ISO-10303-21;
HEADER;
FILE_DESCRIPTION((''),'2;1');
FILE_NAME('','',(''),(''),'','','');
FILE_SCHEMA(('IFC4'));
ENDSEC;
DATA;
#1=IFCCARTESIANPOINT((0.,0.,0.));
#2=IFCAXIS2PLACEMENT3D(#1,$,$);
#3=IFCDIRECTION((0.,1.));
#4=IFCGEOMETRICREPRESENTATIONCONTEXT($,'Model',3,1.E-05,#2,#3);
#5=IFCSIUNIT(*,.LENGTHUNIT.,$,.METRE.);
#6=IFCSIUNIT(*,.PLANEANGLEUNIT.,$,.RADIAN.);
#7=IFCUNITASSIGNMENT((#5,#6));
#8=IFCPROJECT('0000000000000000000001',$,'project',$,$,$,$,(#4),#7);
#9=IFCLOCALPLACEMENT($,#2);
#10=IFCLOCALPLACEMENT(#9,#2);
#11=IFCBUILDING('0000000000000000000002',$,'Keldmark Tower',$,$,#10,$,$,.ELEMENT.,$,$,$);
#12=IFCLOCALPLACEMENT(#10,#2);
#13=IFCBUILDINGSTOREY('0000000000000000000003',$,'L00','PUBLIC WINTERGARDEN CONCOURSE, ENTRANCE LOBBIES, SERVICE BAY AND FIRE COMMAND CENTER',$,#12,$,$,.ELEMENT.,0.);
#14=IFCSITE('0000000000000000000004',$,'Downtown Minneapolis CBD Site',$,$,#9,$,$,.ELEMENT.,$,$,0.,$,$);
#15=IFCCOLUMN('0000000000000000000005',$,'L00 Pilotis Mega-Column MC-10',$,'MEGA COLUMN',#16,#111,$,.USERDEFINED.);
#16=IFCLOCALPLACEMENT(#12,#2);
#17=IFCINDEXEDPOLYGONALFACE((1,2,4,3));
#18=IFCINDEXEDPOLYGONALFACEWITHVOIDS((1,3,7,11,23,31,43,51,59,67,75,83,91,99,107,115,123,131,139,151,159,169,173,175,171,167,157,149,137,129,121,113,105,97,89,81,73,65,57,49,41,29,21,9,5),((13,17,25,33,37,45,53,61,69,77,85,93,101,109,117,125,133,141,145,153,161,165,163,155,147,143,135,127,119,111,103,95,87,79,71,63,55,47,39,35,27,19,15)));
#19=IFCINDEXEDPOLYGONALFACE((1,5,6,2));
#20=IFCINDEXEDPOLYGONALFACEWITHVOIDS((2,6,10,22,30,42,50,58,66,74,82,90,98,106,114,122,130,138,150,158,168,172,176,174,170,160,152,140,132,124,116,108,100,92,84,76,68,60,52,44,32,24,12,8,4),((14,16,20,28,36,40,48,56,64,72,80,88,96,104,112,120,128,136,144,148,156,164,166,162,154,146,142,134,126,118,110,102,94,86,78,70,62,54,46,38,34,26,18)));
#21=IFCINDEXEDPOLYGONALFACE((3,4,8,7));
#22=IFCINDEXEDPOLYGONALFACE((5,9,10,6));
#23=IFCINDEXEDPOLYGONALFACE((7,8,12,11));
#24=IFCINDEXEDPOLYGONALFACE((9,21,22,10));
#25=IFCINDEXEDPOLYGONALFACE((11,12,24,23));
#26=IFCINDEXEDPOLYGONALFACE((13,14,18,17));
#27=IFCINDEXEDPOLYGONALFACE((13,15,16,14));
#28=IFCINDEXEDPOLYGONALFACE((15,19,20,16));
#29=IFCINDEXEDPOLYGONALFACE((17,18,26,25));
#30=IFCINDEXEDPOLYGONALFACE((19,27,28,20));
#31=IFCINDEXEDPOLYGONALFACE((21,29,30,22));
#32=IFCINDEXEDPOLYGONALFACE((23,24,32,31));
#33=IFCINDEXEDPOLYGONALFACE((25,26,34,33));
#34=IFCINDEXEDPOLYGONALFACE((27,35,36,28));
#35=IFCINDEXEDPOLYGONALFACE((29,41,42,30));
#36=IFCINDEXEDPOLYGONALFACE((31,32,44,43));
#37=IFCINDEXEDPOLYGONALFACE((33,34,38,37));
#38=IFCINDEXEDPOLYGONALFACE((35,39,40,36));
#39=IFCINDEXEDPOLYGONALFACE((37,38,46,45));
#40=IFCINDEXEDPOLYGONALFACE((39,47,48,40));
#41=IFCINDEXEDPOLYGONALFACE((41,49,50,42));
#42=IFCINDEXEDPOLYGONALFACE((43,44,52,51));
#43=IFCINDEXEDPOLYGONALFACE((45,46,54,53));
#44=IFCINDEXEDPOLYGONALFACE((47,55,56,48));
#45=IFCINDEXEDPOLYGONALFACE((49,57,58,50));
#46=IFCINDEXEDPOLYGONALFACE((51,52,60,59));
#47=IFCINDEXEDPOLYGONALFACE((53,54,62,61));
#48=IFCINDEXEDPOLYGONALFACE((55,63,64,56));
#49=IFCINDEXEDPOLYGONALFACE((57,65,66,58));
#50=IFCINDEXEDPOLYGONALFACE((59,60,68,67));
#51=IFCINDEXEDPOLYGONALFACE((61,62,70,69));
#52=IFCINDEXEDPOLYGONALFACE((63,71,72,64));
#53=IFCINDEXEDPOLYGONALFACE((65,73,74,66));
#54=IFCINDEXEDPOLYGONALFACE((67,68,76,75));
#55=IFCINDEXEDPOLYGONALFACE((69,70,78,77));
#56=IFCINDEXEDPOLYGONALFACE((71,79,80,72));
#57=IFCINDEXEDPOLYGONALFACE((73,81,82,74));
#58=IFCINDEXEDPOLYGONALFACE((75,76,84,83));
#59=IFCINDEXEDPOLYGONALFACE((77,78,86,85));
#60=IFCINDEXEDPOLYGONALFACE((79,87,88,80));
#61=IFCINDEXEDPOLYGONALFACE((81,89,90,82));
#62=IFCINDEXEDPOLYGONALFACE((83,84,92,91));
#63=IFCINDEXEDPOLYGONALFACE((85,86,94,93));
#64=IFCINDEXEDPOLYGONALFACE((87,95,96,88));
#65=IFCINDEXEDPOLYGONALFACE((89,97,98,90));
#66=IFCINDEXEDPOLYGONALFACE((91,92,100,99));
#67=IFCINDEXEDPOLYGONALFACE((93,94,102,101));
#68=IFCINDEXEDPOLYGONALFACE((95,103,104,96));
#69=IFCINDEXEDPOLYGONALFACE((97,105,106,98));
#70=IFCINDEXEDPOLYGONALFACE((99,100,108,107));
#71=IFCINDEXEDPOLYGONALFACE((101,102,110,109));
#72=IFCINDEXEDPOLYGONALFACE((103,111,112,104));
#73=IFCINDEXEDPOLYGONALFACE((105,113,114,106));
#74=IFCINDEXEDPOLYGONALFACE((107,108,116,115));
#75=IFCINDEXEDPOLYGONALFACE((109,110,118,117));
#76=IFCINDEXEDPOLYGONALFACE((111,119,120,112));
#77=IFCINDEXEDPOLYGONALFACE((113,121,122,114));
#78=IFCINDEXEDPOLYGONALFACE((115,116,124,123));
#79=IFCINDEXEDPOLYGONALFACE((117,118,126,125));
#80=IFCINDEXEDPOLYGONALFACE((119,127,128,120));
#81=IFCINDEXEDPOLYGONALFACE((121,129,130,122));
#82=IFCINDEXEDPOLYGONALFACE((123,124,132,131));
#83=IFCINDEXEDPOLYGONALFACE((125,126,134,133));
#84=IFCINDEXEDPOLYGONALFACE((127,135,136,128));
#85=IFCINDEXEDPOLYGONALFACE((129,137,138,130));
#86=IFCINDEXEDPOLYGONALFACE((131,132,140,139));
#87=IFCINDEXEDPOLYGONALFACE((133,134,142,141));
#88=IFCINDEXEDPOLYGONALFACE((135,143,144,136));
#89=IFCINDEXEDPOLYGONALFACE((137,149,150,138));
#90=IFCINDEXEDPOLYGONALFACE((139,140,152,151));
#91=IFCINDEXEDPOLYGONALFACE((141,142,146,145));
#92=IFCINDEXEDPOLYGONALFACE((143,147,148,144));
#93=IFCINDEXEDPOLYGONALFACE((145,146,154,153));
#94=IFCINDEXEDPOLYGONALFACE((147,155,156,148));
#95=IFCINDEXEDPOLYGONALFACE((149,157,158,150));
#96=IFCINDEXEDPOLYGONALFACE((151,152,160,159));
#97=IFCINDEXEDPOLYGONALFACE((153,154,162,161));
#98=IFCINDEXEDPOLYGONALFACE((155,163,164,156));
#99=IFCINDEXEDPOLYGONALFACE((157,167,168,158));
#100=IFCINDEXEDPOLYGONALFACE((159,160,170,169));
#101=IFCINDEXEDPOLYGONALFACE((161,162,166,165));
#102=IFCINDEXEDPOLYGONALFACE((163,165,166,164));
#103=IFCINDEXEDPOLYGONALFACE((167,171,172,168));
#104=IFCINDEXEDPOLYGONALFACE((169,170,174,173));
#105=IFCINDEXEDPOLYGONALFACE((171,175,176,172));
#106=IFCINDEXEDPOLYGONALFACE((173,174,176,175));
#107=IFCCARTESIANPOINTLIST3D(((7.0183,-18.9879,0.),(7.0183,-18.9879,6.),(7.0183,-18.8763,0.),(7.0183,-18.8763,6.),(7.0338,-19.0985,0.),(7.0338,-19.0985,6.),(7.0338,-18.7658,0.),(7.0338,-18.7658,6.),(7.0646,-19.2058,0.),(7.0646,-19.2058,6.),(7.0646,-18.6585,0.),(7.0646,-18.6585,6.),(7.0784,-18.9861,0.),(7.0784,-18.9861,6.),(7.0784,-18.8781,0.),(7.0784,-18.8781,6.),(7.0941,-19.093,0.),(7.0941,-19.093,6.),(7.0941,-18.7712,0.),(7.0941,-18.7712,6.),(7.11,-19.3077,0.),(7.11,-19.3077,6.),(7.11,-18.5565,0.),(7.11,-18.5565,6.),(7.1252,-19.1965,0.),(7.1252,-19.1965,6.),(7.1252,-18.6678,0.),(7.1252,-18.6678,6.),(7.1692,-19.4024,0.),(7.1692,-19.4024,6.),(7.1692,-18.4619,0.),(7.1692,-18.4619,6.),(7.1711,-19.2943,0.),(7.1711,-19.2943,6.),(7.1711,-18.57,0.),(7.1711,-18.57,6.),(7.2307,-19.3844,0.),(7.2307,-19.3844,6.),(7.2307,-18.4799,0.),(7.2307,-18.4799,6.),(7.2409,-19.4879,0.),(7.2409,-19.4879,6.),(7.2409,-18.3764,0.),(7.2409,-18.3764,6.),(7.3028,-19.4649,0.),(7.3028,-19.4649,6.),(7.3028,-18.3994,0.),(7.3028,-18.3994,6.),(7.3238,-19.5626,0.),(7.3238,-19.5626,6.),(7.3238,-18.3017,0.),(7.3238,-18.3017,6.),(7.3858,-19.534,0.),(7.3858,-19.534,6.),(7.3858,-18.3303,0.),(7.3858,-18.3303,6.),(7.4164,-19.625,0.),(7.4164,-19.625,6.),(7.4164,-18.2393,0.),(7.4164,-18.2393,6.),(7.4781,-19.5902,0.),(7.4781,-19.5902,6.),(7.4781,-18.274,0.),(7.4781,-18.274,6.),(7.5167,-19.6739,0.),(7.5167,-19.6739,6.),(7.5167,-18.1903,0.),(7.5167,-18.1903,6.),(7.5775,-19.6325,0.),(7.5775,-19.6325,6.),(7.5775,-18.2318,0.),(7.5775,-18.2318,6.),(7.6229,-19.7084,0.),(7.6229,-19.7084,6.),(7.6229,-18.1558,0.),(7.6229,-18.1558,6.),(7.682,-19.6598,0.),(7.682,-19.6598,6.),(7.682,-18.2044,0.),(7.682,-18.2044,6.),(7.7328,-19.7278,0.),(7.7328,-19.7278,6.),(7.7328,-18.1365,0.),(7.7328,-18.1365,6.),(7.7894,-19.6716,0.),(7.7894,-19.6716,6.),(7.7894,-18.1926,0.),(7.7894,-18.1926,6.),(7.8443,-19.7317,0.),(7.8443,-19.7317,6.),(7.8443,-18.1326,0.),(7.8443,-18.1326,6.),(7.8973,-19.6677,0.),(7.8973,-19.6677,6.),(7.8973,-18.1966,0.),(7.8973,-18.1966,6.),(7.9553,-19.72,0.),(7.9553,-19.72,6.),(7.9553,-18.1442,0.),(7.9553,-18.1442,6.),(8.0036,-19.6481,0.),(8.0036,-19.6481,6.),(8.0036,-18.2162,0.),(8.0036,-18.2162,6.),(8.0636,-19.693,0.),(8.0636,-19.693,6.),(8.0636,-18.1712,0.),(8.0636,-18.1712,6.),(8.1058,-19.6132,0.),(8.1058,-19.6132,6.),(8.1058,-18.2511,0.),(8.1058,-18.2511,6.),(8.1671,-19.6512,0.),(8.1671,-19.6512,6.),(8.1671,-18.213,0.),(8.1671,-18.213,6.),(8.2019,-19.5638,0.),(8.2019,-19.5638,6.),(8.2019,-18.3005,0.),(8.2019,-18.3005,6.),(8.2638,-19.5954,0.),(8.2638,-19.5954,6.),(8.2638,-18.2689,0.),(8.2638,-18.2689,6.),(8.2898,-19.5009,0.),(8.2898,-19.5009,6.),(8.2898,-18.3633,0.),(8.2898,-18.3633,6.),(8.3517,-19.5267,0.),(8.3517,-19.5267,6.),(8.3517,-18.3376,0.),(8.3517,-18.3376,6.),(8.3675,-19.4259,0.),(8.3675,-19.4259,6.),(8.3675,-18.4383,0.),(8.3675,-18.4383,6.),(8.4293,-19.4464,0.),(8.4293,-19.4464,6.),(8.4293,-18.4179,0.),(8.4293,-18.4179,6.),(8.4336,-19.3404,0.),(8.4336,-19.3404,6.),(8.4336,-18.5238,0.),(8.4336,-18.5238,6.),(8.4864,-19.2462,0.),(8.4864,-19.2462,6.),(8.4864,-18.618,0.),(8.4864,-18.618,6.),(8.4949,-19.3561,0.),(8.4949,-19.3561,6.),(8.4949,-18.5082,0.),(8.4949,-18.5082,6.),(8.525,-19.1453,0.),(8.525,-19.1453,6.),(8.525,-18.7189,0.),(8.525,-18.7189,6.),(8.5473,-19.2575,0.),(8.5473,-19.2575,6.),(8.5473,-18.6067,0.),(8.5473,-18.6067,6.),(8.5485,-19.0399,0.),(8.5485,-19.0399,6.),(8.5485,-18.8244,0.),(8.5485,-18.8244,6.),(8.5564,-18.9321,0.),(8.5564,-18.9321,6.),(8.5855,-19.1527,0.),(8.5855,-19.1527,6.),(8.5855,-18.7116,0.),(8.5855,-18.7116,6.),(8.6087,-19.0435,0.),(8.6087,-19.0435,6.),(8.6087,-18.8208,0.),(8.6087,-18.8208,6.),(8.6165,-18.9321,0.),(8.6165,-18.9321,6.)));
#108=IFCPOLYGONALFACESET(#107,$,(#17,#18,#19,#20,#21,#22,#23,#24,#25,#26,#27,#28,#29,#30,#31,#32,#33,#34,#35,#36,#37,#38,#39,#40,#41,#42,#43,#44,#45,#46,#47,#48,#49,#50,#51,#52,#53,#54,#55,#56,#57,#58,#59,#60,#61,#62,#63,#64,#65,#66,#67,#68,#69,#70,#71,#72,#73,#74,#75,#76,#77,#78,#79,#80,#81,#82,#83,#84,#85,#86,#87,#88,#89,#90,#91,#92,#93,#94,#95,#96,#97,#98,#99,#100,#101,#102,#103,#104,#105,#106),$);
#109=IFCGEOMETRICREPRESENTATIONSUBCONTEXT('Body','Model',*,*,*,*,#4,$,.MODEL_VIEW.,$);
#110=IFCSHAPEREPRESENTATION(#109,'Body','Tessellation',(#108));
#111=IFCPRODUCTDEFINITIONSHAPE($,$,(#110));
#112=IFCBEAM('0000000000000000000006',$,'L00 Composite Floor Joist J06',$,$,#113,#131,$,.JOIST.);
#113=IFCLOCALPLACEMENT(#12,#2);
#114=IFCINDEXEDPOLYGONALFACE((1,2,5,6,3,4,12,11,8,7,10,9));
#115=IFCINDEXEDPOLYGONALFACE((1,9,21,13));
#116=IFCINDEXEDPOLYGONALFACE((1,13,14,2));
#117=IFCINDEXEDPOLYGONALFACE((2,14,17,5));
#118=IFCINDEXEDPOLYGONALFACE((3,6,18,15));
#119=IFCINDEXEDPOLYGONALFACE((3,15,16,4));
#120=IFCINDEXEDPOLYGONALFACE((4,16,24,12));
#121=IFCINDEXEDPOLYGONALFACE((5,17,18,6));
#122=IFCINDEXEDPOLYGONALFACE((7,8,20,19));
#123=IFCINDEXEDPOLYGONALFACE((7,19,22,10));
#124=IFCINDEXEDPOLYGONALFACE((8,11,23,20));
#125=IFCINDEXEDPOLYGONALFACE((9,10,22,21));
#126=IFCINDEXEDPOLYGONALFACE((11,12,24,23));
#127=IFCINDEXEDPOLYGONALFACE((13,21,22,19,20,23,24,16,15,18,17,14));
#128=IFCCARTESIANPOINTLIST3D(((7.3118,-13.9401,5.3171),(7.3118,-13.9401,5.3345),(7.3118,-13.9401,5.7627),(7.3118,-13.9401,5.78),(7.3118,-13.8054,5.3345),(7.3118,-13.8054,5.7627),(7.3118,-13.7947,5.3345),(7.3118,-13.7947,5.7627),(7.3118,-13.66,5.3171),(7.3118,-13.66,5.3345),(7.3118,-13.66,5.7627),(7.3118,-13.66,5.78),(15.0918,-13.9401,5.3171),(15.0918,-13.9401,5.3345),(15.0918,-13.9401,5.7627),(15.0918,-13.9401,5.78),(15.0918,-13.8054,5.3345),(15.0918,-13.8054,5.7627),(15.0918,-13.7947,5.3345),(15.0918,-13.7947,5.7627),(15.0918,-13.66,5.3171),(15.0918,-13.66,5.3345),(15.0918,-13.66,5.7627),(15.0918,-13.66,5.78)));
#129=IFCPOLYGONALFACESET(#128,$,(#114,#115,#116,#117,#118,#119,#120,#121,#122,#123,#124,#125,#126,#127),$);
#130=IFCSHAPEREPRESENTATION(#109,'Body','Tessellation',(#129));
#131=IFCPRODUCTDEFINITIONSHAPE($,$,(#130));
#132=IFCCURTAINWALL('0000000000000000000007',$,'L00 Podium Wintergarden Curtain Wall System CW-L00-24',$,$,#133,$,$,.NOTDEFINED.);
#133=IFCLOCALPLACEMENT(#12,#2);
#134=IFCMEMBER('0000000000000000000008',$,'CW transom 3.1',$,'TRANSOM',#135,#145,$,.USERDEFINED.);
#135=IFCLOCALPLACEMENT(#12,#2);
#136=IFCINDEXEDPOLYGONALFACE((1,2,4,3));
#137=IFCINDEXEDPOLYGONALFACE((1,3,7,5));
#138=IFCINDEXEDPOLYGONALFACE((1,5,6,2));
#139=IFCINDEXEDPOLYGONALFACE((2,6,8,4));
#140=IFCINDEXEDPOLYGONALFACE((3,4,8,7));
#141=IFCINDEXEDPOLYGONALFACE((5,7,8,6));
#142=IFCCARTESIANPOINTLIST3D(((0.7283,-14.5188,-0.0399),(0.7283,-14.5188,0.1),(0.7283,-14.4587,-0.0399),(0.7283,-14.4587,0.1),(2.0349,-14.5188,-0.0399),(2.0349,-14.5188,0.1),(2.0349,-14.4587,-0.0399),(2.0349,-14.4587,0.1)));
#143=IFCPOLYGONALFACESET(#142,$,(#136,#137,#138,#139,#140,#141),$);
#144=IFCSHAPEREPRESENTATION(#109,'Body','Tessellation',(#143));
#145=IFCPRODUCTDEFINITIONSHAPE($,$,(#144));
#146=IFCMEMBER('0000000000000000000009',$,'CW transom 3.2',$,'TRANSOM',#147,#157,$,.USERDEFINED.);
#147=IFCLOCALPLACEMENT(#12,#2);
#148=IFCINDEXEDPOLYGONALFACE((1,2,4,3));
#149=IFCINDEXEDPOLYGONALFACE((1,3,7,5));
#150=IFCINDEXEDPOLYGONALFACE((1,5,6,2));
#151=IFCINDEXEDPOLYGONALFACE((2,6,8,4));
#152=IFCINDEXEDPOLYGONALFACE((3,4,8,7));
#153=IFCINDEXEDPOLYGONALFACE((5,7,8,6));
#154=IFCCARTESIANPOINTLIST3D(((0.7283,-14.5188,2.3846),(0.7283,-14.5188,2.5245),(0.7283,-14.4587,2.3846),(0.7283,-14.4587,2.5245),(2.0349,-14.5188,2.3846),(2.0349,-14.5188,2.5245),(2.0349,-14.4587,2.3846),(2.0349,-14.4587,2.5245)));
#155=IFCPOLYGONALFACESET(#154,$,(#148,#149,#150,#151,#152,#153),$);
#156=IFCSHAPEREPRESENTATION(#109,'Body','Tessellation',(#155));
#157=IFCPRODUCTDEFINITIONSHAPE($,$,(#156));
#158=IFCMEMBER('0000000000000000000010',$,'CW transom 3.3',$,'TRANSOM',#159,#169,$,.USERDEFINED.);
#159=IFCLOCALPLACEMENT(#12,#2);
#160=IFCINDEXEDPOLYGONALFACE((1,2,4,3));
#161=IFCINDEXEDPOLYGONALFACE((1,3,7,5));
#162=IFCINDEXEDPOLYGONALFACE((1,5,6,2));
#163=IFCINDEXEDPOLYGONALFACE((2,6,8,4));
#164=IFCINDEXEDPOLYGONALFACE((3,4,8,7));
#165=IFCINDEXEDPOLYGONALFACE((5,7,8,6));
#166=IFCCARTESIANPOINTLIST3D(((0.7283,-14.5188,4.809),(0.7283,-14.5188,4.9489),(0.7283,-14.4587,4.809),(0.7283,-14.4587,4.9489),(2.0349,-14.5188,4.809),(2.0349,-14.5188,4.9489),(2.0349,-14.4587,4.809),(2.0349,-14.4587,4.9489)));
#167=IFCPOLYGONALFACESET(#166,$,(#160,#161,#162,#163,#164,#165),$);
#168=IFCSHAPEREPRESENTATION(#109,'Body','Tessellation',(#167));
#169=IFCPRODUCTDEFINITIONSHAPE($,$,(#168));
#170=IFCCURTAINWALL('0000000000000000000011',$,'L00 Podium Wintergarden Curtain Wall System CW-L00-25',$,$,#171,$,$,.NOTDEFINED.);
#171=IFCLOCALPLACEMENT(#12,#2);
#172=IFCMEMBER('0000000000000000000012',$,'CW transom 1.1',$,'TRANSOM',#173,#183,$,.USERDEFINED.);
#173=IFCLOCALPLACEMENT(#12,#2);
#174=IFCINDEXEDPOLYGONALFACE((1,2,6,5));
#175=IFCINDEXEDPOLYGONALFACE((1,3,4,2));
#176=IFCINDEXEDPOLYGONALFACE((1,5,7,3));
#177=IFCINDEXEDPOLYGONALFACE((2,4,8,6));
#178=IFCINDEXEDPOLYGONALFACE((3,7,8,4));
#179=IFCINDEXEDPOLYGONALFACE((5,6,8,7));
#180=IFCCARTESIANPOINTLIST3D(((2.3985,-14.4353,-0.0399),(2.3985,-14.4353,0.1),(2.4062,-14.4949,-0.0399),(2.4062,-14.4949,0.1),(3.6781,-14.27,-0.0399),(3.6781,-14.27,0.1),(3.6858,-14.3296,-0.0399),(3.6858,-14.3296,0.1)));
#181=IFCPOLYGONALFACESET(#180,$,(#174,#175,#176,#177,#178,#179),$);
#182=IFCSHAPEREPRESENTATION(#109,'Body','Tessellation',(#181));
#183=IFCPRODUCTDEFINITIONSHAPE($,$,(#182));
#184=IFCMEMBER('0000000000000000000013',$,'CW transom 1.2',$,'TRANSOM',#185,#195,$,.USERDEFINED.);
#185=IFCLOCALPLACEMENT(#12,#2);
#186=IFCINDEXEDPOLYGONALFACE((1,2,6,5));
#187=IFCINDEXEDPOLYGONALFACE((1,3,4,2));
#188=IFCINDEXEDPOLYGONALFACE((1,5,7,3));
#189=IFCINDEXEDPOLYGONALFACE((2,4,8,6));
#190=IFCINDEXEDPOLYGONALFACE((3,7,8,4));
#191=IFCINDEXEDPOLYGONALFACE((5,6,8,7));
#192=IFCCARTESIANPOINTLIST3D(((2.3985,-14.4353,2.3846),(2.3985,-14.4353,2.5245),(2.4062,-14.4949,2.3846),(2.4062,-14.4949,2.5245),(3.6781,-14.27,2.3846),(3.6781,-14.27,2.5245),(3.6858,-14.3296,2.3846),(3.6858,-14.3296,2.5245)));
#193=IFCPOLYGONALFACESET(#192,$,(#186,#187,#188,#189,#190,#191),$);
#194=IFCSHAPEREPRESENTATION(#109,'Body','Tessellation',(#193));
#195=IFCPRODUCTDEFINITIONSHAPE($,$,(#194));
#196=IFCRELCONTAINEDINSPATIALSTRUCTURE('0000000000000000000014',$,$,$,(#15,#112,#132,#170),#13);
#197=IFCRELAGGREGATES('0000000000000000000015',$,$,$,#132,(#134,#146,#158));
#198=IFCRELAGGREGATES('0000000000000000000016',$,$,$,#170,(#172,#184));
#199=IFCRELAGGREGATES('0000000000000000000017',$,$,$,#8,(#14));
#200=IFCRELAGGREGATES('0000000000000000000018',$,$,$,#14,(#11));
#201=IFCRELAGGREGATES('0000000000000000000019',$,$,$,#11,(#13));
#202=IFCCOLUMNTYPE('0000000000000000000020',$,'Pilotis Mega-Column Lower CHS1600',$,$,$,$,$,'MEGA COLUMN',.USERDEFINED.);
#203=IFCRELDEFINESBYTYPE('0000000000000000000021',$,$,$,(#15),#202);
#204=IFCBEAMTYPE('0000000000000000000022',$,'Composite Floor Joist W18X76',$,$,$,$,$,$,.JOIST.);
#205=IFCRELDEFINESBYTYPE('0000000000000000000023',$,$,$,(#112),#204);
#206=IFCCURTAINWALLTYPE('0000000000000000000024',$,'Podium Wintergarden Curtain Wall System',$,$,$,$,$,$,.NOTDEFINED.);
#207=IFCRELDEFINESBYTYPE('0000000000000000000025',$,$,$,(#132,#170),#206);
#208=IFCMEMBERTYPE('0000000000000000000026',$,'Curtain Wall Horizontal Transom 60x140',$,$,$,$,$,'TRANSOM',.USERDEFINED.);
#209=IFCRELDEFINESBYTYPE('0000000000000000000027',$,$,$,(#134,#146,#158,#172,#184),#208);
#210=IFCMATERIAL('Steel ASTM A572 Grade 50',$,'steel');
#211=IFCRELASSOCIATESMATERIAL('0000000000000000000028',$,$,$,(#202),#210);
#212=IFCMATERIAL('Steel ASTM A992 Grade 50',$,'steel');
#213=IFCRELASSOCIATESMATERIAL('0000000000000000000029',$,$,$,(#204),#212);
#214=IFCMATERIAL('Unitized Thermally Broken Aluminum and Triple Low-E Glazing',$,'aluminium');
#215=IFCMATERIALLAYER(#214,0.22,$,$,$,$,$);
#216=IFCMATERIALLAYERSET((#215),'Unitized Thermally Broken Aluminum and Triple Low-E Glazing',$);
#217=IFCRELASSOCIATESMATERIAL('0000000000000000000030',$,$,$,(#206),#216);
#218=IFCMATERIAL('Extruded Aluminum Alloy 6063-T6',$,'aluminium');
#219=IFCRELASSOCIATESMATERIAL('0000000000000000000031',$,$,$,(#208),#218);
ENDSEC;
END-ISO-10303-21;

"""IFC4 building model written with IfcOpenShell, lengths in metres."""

from ifc_helpers import new_model, si_unit, direction, frame, origin, origin_2d, place, context, subcontext, project, spatial, rectangle, hollow_circle, i_section, extrude, material, layer, layer_set, material_profile, profile_set, type_object, element, aggregate, save


model = new_model("IFC4")

# Units and contexts
model_context = context("Model", 3, precision=1e-05, world=origin(), true_north=direction((0.0, 1.0)))
body_context = subcontext(model_context, "Body", "Model", "MODEL_VIEW")
ifc_project = project(units=[si_unit("LENGTHUNIT", "METRE"), si_unit("PLANEANGLEUNIT", "RADIAN")], contexts=[model_context])

# Site, building, storey
site_placement = place(None, origin())
site = spatial("IfcSite", under=ifc_project, at=site_placement, Name="Downtown Minneapolis CBD Site", CompositionType="ELEMENT", RefElevation=0.0)
building_placement = place(site_placement, origin())
building = spatial("IfcBuilding", under=site, at=building_placement, Name="Keldmark Tower", CompositionType="ELEMENT")
storey_placement = place(building_placement, origin())
storey = spatial("IfcBuildingStorey", under=building, at=storey_placement, Name="L00", Description="PUBLIC WINTERGARDEN CONCOURSE, ENTRANCE LOBBIES, SERVICE BAY AND FIRE COMMAND CENTER", CompositionType="ELEMENT", Elevation=0.0)

# Column
ifc_material_1 = material(Name="Steel ASTM A572 Grade 50", Category="steel")
ifc_material_profile_1 = material_profile(ifc_material_1, hollow_circle(Radius=0.8, WallThickness=0.0601, at=origin_2d()), Name="CHS1600X60")
ifc_profile_set_1 = profile_set([ifc_material_profile_1], Name="Steel ASTM A572 Grade 50")
column_type = type_object("IfcColumnType", Name="Pilotis Mega-Column Lower CHS1600", ElementType="MEGA COLUMN", PredefinedType="USERDEFINED", material=ifc_profile_set_1)
column_placement = place(storey_placement, frame((7.8164, -18.9321, 0.0), z_axis=(0.0, 0.0, 1.0), x_axis=(1.0, 0.0, 0.0)))
element("IfcColumn", 1, at=column_placement, inside=storey, type_object=column_type, Name="L00 Pilotis Mega-Column MC-10", ObjectType="MEGA COLUMN", PredefinedType="USERDEFINED", context=body_context, shape_type="SweptSolid", body=[
    extrude(hollow_circle(Radius=0.8, WallThickness=0.0601, at=origin_2d()), origin(), (0.0, 0.0, 1.0), 6.0),
])

# Beam
ifc_material_2 = material(Name="Steel ASTM A992 Grade 50", Category="steel")
ifc_material_profile_2 = material_profile(ifc_material_2, i_section(OverallWidth=0.28, OverallDepth=0.4629, WebThickness=0.0107, FlangeThickness=0.0173, at=origin_2d()), Name="W18X76")
ifc_profile_set_2 = profile_set([ifc_material_profile_2], Name="Steel ASTM A992 Grade 50")
beam_type_1 = type_object("IfcBeamType", Name="Composite Floor Joist W18X76", PredefinedType="JOIST", material=ifc_profile_set_2)
beam_1_placement = place(storey_placement, frame((7.3118, -13.8, 5.5486), z_axis=(1.0, 0.0, 0.0), x_axis=(0.0, 1.0, 0.0)))
element("IfcBeam", 2, at=beam_1_placement, inside=storey, type_object=beam_type_1, Name="L00 Composite Floor Joist J06", PredefinedType="JOIST", context=body_context, shape_type="SweptSolid", body=[
    extrude(i_section(OverallWidth=0.28, OverallDepth=0.4629, WebThickness=0.0107, FlangeThickness=0.0173, at=origin_2d()), origin(), (0.0, 0.0, 1.0), 7.78),
])

# Curtain walls, members
ifc_material_3 = material(Name="Unitized Thermally Broken Aluminum and Triple Low-E Glazing", Category="aluminium")
ifc_layer_1 = layer(ifc_material_3, 0.22)
ifc_layer_set_1 = layer_set([ifc_layer_1], Name="Unitized Thermally Broken Aluminum and Triple Low-E Glazing")
curtain_wall_type = type_object("IfcCurtainWallType", Name="Podium Wintergarden Curtain Wall System", PredefinedType="NOTDEFINED", material=ifc_layer_set_1)
curtain_wall_1_placement = place(storey_placement, origin())
curtain_wall_1 = element("IfcCurtainWall", 3, at=curtain_wall_1_placement, inside=storey, type_object=curtain_wall_type, Name="L00 Podium Wintergarden Curtain Wall System CW-L00-24", PredefinedType="NOTDEFINED")
ifc_material_4 = material(Name="Extruded Aluminum Alloy 6063-T6", Category="aluminium")
ifc_material_profile_3 = material_profile(ifc_material_4, rectangle(XDim=0.0601, YDim=0.1399, at=origin_2d()), Name="CWT60X140")
ifc_profile_set_3 = profile_set([ifc_material_profile_3], Name="Extruded Aluminum Alloy 6063-T6")
member_type_1 = type_object("IfcMemberType", Name="Curtain Wall Horizontal Transom 60x140", ElementType="TRANSOM", PredefinedType="USERDEFINED", material=ifc_profile_set_3)
member_1_placement = place(storey_placement, frame((0.7283, -14.4888, 0.03), z_axis=(1.0, 0.0, 0.0), x_axis=(0.0, 1.0, 0.0)))
member_1 = element("IfcMember", 4, at=member_1_placement, type_object=member_type_1, Name="CW transom 3.1", ObjectType="TRANSOM", PredefinedType="USERDEFINED", context=body_context, shape_type="SweptSolid", body=[
    extrude(rectangle(XDim=0.0601, YDim=0.1399, at=origin_2d()), origin(), (0.0, 0.0, 1.0), 1.3066),
])
member_2_placement = place(storey_placement, frame((0.7283, -14.4888, 2.4546), z_axis=(1.0, 0.0, 0.0), x_axis=(0.0, 1.0, 0.0)))
member_2 = element("IfcMember", 5, at=member_2_placement, type_object=member_type_1, Name="CW transom 3.2", ObjectType="TRANSOM", PredefinedType="USERDEFINED", context=body_context, shape_type="SweptSolid", body=[
    extrude(rectangle(XDim=0.0601, YDim=0.1399, at=origin_2d()), origin(), (0.0, 0.0, 1.0), 1.3066),
])
member_3_placement = place(storey_placement, frame((0.7283, -14.4888, 4.8789), z_axis=(1.0, 0.0, 0.0), x_axis=(0.0, 1.0, 0.0)))
member_3 = element("IfcMember", 6, at=member_3_placement, type_object=member_type_1, Name="CW transom 3.3", ObjectType="TRANSOM", PredefinedType="USERDEFINED", context=body_context, shape_type="SweptSolid", body=[
    extrude(rectangle(XDim=0.0601, YDim=0.1399, at=origin_2d()), origin(), (0.0, 0.0, 1.0), 1.3066),
])
curtain_wall_2_placement = place(storey_placement, origin())
curtain_wall_2 = element("IfcCurtainWall", 7, at=curtain_wall_2_placement, inside=storey, type_object=curtain_wall_type, Name="L00 Podium Wintergarden Curtain Wall System CW-L00-25", PredefinedType="NOTDEFINED")
member_4_placement = place(storey_placement, frame((2.4023, -14.4651, 0.03), z_axis=(0.99176, 0.128109, 0.0), x_axis=(-0.128109, 0.99176, 0.0)))
member_4 = element("IfcMember", 8, at=member_4_placement, type_object=member_type_1, Name="CW transom 1.1", ObjectType="TRANSOM", PredefinedType="USERDEFINED", context=body_context, shape_type="SweptSolid", body=[
    extrude(rectangle(XDim=0.0601, YDim=0.1399, at=origin_2d()), origin(), (0.0, 0.0, 1.0), 1.2903),
])
member_5_placement = place(storey_placement, frame((2.4023, -14.4651, 2.4546), z_axis=(0.99176, 0.128109, 0.0), x_axis=(-0.128109, 0.99176, 0.0)))
member_5 = element("IfcMember", 9, at=member_5_placement, type_object=member_type_1, Name="CW transom 1.2", ObjectType="TRANSOM", PredefinedType="USERDEFINED", context=body_context, shape_type="SweptSolid", body=[
    extrude(rectangle(XDim=0.0601, YDim=0.1399, at=origin_2d()), origin(), (0.0, 0.0, 1.0), 1.2903),
])

aggregate(curtain_wall_1, [member_1, member_2, member_3])
aggregate(curtain_wall_2, [member_4, member_5])

save(model, "model.ifc")
